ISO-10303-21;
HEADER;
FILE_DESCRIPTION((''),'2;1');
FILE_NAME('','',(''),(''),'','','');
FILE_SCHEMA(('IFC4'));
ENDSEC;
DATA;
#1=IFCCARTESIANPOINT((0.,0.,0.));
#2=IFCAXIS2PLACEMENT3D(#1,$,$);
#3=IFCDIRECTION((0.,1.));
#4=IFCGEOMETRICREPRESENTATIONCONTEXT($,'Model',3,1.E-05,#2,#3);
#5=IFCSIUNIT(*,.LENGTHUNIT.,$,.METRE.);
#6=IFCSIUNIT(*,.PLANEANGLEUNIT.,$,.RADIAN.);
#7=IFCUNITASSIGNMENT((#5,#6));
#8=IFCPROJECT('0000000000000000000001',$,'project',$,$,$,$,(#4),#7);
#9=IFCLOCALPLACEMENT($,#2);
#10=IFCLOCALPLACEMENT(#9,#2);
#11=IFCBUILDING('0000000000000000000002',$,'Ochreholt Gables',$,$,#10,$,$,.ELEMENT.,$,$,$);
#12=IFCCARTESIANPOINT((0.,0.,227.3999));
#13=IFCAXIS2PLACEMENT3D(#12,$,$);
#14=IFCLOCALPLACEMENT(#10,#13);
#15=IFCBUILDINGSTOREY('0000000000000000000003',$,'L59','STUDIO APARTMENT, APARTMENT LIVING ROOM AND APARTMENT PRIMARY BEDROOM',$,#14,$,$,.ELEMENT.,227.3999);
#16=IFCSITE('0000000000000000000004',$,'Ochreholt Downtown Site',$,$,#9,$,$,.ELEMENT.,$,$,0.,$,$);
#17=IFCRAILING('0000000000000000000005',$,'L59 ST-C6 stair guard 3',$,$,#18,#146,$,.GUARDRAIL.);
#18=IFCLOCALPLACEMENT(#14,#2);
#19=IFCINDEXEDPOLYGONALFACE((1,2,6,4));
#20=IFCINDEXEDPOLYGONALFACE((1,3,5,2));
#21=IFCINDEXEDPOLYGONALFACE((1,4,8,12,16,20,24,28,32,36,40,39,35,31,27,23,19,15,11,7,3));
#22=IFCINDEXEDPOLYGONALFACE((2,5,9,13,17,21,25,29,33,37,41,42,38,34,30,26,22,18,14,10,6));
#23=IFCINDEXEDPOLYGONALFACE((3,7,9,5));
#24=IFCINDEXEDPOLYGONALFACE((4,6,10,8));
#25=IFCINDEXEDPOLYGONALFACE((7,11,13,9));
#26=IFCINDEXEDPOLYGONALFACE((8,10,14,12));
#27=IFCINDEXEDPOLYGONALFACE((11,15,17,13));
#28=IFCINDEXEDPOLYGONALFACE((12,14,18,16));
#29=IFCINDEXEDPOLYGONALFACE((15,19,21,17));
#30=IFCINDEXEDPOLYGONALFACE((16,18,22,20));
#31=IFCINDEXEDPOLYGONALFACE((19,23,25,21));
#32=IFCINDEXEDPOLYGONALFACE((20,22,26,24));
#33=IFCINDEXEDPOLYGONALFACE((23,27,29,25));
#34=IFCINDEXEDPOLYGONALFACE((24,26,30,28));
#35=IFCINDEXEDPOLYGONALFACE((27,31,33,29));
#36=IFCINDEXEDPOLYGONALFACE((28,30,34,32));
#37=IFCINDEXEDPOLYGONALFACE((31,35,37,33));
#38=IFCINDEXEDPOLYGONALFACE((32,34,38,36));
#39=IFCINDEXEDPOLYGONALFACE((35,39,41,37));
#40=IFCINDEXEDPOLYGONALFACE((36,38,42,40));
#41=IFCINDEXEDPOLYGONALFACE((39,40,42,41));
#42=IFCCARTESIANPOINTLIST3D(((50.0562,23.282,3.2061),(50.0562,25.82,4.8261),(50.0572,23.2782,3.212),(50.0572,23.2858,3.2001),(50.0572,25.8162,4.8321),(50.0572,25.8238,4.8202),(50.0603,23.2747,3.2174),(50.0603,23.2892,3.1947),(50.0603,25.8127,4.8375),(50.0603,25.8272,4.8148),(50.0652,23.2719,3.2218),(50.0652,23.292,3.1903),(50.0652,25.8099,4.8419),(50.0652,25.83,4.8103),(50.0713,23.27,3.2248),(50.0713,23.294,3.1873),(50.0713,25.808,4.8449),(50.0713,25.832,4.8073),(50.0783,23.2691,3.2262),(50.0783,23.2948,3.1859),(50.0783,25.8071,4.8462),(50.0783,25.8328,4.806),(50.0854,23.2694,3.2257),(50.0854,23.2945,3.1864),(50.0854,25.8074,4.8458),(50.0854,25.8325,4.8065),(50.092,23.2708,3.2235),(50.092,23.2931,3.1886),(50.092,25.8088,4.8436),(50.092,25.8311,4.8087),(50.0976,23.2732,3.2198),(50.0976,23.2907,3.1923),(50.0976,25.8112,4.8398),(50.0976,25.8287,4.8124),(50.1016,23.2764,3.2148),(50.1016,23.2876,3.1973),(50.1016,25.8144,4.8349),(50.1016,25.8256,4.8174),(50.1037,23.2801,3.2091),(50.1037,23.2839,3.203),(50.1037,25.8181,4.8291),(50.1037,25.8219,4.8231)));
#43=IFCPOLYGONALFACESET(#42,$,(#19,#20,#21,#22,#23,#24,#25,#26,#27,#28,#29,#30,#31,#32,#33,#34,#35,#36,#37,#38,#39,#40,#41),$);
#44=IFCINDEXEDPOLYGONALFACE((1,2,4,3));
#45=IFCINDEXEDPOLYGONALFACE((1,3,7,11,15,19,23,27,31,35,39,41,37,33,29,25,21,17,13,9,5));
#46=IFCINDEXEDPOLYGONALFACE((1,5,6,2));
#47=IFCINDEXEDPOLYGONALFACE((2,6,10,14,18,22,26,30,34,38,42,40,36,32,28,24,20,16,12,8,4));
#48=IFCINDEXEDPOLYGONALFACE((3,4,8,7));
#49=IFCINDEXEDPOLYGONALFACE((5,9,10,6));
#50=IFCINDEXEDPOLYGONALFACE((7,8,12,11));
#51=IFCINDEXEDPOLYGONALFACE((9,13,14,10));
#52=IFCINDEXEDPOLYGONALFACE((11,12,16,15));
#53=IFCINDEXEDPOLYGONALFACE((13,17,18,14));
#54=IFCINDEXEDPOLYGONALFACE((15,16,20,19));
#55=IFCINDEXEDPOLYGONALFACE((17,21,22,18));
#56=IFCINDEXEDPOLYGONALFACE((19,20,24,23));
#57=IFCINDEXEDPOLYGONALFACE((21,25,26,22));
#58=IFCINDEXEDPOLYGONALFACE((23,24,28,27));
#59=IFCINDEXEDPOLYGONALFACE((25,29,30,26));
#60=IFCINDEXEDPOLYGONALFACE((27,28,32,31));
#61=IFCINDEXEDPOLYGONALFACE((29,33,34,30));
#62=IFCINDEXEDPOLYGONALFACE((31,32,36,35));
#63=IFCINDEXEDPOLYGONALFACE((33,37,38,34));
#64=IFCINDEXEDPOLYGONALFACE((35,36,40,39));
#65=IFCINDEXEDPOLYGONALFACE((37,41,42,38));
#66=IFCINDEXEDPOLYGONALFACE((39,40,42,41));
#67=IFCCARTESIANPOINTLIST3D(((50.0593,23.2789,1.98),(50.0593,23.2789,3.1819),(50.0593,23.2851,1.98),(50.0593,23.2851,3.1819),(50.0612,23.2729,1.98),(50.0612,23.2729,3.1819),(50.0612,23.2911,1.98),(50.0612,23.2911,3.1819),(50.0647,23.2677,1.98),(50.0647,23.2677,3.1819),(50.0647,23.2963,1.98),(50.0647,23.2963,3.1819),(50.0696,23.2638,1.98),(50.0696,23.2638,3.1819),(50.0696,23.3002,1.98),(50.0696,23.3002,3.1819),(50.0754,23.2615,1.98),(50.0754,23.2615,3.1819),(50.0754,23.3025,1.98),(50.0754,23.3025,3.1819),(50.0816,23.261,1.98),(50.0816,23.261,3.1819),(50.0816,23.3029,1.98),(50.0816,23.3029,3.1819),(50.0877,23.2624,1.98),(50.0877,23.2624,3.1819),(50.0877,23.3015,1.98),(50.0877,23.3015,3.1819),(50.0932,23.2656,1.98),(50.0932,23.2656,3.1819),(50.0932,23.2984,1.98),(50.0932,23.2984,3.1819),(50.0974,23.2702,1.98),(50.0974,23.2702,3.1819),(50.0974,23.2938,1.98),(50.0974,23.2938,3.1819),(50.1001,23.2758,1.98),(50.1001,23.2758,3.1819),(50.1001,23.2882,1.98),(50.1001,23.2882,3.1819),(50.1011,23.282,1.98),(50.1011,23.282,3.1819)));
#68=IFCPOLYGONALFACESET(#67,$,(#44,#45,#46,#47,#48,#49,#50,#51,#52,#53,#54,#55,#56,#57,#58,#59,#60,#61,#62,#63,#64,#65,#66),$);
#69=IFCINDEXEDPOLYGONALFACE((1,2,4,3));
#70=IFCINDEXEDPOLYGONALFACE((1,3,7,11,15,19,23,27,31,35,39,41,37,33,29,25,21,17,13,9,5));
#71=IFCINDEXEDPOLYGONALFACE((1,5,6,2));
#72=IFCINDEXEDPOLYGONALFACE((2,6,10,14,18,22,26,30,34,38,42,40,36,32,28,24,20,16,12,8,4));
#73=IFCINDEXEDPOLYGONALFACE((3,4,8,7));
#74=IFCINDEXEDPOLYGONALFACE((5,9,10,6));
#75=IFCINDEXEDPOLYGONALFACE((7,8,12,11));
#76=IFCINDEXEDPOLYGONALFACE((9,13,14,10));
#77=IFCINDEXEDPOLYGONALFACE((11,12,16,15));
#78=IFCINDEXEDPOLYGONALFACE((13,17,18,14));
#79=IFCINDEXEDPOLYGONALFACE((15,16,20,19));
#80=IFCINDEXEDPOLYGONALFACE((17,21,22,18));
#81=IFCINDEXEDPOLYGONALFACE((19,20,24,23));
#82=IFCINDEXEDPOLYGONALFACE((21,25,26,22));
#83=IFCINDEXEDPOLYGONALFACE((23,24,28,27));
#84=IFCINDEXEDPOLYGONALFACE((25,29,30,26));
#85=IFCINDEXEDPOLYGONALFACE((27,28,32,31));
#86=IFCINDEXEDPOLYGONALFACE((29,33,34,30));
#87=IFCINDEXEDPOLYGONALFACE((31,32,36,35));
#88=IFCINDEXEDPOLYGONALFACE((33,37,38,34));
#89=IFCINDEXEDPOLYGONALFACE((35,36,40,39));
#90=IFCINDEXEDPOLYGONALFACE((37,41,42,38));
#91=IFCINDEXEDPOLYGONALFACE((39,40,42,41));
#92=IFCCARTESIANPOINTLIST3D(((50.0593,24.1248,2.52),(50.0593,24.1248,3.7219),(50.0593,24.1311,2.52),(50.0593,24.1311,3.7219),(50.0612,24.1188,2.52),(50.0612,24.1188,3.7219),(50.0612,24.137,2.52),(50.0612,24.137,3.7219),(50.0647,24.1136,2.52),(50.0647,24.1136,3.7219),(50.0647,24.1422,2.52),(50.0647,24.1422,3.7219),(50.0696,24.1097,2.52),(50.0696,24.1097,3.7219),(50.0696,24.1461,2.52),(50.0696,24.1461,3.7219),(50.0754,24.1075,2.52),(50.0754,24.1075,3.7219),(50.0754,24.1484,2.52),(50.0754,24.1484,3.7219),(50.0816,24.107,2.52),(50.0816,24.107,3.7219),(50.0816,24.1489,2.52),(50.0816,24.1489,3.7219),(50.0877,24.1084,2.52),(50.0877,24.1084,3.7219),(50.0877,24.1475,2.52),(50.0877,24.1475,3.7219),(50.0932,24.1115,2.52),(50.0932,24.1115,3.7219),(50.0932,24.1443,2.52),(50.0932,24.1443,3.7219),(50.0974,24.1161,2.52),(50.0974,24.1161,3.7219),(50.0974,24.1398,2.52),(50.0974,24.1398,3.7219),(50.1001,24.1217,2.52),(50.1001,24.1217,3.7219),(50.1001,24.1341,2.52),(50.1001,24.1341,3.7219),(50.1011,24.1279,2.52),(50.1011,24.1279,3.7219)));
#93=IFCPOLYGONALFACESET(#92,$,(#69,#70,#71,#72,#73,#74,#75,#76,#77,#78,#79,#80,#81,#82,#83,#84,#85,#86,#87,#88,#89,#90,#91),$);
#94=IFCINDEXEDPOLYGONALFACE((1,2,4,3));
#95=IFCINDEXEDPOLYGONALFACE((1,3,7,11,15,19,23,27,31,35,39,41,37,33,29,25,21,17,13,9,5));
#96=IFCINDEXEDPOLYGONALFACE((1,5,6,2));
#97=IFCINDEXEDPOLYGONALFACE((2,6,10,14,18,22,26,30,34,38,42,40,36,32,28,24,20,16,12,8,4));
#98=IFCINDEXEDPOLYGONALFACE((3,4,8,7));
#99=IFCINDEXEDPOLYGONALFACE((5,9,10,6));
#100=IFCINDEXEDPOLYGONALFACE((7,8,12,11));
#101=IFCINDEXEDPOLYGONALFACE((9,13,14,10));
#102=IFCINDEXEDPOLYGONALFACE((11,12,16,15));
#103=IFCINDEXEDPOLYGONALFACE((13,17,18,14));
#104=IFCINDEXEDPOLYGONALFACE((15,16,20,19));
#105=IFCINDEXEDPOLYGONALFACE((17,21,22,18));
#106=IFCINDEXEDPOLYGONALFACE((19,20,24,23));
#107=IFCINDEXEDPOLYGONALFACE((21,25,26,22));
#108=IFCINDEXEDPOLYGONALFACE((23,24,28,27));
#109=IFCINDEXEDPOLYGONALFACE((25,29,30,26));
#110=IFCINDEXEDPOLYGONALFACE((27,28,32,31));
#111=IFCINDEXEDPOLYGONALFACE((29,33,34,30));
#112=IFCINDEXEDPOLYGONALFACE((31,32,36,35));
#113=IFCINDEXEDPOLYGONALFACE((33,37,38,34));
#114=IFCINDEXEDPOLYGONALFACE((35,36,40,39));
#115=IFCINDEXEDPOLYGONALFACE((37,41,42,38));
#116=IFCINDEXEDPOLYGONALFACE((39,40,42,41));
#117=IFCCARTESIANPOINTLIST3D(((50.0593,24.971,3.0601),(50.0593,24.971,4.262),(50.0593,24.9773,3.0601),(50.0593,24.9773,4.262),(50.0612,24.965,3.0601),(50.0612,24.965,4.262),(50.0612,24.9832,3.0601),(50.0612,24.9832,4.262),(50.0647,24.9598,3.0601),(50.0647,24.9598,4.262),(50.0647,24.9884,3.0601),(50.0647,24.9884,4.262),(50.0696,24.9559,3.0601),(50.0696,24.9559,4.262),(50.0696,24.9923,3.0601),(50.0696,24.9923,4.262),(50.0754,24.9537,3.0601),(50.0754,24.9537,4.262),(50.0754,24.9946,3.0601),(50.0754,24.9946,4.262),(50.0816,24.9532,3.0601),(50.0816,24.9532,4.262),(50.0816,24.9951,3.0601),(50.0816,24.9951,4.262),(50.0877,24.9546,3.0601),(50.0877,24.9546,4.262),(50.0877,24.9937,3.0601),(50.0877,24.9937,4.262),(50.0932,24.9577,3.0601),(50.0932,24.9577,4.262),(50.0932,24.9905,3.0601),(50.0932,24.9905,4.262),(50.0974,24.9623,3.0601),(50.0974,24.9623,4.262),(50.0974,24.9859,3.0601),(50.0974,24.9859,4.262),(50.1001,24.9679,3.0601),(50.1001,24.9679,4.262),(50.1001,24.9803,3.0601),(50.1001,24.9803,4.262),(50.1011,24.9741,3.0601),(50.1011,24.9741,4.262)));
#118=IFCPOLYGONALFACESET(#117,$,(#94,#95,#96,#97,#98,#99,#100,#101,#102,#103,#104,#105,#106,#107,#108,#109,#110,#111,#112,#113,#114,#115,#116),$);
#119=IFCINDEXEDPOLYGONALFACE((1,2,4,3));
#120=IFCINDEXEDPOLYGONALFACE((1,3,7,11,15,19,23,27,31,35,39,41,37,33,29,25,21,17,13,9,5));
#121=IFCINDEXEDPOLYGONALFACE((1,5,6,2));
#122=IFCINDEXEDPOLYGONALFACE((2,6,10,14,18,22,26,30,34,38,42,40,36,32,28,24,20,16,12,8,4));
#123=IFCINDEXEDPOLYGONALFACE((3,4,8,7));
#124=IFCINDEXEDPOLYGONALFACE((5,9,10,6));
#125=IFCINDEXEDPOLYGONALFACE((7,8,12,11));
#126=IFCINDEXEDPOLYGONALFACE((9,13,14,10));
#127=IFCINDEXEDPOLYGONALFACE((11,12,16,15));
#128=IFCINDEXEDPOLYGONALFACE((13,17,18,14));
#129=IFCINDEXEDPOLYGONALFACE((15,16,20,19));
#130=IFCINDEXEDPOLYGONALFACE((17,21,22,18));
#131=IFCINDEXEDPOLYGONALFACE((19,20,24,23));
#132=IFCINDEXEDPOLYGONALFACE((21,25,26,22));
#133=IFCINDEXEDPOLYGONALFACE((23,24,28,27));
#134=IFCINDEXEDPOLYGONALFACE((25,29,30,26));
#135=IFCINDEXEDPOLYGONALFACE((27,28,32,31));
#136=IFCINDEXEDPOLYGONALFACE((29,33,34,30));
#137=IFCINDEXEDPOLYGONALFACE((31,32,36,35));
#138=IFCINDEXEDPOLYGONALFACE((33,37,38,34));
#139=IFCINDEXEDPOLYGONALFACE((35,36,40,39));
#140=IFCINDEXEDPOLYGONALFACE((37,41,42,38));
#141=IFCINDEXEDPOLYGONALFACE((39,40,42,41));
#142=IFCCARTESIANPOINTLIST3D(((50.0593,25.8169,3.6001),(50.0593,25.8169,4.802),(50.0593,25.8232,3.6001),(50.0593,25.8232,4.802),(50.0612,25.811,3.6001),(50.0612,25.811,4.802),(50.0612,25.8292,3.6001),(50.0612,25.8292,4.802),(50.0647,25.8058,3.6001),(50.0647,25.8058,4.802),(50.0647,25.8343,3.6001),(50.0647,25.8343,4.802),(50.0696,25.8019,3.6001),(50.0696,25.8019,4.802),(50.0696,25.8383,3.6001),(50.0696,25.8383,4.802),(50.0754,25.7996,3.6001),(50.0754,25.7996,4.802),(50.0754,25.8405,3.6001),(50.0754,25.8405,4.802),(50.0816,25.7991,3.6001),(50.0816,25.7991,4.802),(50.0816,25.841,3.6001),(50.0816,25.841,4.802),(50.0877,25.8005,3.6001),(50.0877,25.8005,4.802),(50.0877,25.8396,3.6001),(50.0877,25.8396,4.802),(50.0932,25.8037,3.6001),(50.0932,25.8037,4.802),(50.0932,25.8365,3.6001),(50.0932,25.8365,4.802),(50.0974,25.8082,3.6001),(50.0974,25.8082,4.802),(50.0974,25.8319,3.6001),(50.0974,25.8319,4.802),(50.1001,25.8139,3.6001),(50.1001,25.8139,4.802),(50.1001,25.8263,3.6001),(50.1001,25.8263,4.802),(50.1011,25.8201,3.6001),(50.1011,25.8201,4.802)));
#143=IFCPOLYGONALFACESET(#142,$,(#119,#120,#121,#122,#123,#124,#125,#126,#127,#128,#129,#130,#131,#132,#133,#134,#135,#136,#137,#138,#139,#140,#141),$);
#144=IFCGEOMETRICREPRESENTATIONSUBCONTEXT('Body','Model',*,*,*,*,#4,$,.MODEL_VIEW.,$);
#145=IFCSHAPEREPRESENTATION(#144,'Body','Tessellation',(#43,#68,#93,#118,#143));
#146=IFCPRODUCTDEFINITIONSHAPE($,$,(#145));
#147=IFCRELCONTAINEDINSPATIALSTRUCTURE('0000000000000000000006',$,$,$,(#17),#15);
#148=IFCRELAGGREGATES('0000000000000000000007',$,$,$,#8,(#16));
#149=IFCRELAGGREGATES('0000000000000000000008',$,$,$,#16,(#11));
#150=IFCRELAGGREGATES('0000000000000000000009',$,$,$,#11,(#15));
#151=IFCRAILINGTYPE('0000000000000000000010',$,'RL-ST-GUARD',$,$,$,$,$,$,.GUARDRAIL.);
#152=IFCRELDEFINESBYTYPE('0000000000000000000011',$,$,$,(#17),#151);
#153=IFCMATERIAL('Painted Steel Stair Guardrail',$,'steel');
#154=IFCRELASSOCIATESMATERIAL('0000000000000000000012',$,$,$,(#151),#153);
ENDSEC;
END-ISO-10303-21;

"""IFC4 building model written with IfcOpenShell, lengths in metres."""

from ifc_helpers import new_model, si_unit, direction, frame, origin, origin_2d, place, context, subcontext, project, spatial, circle, extrude, material, type_object, element, save


model = new_model("IFC4")

# Units and contexts
model_context = context("Model", 3, precision=1e-05, world=origin(), true_north=direction((0.0, 1.0)))
body_context = subcontext(model_context, "Body", "Model", "MODEL_VIEW")
ifc_project = project(units=[si_unit("LENGTHUNIT", "METRE"), si_unit("PLANEANGLEUNIT", "RADIAN")], contexts=[model_context])

# Site, building, storey
site_placement = place(None, origin())
site = spatial("IfcSite", under=ifc_project, at=site_placement, Name="Ochreholt Downtown Site", CompositionType="ELEMENT", RefElevation=0.0)
building_placement = place(site_placement, origin())
building = spatial("IfcBuilding", under=site, at=building_placement, Name="Ochreholt Gables", CompositionType="ELEMENT")
storey_placement = place(building_placement, frame((0.0, 0.0, 227.3999)))
storey = spatial("IfcBuildingStorey", under=building, at=storey_placement, Name="L59", Description="STUDIO APARTMENT, APARTMENT LIVING ROOM AND APARTMENT PRIMARY BEDROOM", CompositionType="ELEMENT", Elevation=227.3999)

# Railing
ifc_material_1 = material(Name="Painted Steel Stair Guardrail", Category="steel")
railing_type = type_object("IfcRailingType", Name="RL-ST-GUARD", PredefinedType="GUARDRAIL", material=ifc_material_1)
railing_1_placement = place(storey_placement, frame((50.0801, 23.282, 1.98)))
element("IfcRailing", 1, at=railing_1_placement, inside=storey, type_object=railing_type, Name="L59 ST-C6 stair guard 3", PredefinedType="GUARDRAIL", context=body_context, shape_type="SweptSolid", body=[
    extrude(circle(Radius=0.0239, at=origin_2d()), frame((0.0, 0.0, 1.2261), z_axis=(0.0, 0.842913, 0.53805), x_axis=(-1.0, 0.0, 0.0)), (0.0, 0.0, 1.0), 3.011),
    extrude(circle(Radius=0.021, at=origin_2d()), origin(), (0.0, 0.0, 1.0), 1.2019),
    extrude(circle(Radius=0.021, at=origin_2d()), frame((0.0, 0.8459, 0.54)), (0.0, 0.0, 1.0), 1.2019),
    extrude(circle(Radius=0.021, at=origin_2d()), frame((0.0, 1.6921, 1.0801)), (0.0, 0.0, 1.0), 1.2019),
    extrude(circle(Radius=0.021, at=origin_2d()), frame((0.0, 2.5381, 1.6201)), (0.0, 0.0, 1.0), 1.2019),
])

save(model, "model.ifc")
